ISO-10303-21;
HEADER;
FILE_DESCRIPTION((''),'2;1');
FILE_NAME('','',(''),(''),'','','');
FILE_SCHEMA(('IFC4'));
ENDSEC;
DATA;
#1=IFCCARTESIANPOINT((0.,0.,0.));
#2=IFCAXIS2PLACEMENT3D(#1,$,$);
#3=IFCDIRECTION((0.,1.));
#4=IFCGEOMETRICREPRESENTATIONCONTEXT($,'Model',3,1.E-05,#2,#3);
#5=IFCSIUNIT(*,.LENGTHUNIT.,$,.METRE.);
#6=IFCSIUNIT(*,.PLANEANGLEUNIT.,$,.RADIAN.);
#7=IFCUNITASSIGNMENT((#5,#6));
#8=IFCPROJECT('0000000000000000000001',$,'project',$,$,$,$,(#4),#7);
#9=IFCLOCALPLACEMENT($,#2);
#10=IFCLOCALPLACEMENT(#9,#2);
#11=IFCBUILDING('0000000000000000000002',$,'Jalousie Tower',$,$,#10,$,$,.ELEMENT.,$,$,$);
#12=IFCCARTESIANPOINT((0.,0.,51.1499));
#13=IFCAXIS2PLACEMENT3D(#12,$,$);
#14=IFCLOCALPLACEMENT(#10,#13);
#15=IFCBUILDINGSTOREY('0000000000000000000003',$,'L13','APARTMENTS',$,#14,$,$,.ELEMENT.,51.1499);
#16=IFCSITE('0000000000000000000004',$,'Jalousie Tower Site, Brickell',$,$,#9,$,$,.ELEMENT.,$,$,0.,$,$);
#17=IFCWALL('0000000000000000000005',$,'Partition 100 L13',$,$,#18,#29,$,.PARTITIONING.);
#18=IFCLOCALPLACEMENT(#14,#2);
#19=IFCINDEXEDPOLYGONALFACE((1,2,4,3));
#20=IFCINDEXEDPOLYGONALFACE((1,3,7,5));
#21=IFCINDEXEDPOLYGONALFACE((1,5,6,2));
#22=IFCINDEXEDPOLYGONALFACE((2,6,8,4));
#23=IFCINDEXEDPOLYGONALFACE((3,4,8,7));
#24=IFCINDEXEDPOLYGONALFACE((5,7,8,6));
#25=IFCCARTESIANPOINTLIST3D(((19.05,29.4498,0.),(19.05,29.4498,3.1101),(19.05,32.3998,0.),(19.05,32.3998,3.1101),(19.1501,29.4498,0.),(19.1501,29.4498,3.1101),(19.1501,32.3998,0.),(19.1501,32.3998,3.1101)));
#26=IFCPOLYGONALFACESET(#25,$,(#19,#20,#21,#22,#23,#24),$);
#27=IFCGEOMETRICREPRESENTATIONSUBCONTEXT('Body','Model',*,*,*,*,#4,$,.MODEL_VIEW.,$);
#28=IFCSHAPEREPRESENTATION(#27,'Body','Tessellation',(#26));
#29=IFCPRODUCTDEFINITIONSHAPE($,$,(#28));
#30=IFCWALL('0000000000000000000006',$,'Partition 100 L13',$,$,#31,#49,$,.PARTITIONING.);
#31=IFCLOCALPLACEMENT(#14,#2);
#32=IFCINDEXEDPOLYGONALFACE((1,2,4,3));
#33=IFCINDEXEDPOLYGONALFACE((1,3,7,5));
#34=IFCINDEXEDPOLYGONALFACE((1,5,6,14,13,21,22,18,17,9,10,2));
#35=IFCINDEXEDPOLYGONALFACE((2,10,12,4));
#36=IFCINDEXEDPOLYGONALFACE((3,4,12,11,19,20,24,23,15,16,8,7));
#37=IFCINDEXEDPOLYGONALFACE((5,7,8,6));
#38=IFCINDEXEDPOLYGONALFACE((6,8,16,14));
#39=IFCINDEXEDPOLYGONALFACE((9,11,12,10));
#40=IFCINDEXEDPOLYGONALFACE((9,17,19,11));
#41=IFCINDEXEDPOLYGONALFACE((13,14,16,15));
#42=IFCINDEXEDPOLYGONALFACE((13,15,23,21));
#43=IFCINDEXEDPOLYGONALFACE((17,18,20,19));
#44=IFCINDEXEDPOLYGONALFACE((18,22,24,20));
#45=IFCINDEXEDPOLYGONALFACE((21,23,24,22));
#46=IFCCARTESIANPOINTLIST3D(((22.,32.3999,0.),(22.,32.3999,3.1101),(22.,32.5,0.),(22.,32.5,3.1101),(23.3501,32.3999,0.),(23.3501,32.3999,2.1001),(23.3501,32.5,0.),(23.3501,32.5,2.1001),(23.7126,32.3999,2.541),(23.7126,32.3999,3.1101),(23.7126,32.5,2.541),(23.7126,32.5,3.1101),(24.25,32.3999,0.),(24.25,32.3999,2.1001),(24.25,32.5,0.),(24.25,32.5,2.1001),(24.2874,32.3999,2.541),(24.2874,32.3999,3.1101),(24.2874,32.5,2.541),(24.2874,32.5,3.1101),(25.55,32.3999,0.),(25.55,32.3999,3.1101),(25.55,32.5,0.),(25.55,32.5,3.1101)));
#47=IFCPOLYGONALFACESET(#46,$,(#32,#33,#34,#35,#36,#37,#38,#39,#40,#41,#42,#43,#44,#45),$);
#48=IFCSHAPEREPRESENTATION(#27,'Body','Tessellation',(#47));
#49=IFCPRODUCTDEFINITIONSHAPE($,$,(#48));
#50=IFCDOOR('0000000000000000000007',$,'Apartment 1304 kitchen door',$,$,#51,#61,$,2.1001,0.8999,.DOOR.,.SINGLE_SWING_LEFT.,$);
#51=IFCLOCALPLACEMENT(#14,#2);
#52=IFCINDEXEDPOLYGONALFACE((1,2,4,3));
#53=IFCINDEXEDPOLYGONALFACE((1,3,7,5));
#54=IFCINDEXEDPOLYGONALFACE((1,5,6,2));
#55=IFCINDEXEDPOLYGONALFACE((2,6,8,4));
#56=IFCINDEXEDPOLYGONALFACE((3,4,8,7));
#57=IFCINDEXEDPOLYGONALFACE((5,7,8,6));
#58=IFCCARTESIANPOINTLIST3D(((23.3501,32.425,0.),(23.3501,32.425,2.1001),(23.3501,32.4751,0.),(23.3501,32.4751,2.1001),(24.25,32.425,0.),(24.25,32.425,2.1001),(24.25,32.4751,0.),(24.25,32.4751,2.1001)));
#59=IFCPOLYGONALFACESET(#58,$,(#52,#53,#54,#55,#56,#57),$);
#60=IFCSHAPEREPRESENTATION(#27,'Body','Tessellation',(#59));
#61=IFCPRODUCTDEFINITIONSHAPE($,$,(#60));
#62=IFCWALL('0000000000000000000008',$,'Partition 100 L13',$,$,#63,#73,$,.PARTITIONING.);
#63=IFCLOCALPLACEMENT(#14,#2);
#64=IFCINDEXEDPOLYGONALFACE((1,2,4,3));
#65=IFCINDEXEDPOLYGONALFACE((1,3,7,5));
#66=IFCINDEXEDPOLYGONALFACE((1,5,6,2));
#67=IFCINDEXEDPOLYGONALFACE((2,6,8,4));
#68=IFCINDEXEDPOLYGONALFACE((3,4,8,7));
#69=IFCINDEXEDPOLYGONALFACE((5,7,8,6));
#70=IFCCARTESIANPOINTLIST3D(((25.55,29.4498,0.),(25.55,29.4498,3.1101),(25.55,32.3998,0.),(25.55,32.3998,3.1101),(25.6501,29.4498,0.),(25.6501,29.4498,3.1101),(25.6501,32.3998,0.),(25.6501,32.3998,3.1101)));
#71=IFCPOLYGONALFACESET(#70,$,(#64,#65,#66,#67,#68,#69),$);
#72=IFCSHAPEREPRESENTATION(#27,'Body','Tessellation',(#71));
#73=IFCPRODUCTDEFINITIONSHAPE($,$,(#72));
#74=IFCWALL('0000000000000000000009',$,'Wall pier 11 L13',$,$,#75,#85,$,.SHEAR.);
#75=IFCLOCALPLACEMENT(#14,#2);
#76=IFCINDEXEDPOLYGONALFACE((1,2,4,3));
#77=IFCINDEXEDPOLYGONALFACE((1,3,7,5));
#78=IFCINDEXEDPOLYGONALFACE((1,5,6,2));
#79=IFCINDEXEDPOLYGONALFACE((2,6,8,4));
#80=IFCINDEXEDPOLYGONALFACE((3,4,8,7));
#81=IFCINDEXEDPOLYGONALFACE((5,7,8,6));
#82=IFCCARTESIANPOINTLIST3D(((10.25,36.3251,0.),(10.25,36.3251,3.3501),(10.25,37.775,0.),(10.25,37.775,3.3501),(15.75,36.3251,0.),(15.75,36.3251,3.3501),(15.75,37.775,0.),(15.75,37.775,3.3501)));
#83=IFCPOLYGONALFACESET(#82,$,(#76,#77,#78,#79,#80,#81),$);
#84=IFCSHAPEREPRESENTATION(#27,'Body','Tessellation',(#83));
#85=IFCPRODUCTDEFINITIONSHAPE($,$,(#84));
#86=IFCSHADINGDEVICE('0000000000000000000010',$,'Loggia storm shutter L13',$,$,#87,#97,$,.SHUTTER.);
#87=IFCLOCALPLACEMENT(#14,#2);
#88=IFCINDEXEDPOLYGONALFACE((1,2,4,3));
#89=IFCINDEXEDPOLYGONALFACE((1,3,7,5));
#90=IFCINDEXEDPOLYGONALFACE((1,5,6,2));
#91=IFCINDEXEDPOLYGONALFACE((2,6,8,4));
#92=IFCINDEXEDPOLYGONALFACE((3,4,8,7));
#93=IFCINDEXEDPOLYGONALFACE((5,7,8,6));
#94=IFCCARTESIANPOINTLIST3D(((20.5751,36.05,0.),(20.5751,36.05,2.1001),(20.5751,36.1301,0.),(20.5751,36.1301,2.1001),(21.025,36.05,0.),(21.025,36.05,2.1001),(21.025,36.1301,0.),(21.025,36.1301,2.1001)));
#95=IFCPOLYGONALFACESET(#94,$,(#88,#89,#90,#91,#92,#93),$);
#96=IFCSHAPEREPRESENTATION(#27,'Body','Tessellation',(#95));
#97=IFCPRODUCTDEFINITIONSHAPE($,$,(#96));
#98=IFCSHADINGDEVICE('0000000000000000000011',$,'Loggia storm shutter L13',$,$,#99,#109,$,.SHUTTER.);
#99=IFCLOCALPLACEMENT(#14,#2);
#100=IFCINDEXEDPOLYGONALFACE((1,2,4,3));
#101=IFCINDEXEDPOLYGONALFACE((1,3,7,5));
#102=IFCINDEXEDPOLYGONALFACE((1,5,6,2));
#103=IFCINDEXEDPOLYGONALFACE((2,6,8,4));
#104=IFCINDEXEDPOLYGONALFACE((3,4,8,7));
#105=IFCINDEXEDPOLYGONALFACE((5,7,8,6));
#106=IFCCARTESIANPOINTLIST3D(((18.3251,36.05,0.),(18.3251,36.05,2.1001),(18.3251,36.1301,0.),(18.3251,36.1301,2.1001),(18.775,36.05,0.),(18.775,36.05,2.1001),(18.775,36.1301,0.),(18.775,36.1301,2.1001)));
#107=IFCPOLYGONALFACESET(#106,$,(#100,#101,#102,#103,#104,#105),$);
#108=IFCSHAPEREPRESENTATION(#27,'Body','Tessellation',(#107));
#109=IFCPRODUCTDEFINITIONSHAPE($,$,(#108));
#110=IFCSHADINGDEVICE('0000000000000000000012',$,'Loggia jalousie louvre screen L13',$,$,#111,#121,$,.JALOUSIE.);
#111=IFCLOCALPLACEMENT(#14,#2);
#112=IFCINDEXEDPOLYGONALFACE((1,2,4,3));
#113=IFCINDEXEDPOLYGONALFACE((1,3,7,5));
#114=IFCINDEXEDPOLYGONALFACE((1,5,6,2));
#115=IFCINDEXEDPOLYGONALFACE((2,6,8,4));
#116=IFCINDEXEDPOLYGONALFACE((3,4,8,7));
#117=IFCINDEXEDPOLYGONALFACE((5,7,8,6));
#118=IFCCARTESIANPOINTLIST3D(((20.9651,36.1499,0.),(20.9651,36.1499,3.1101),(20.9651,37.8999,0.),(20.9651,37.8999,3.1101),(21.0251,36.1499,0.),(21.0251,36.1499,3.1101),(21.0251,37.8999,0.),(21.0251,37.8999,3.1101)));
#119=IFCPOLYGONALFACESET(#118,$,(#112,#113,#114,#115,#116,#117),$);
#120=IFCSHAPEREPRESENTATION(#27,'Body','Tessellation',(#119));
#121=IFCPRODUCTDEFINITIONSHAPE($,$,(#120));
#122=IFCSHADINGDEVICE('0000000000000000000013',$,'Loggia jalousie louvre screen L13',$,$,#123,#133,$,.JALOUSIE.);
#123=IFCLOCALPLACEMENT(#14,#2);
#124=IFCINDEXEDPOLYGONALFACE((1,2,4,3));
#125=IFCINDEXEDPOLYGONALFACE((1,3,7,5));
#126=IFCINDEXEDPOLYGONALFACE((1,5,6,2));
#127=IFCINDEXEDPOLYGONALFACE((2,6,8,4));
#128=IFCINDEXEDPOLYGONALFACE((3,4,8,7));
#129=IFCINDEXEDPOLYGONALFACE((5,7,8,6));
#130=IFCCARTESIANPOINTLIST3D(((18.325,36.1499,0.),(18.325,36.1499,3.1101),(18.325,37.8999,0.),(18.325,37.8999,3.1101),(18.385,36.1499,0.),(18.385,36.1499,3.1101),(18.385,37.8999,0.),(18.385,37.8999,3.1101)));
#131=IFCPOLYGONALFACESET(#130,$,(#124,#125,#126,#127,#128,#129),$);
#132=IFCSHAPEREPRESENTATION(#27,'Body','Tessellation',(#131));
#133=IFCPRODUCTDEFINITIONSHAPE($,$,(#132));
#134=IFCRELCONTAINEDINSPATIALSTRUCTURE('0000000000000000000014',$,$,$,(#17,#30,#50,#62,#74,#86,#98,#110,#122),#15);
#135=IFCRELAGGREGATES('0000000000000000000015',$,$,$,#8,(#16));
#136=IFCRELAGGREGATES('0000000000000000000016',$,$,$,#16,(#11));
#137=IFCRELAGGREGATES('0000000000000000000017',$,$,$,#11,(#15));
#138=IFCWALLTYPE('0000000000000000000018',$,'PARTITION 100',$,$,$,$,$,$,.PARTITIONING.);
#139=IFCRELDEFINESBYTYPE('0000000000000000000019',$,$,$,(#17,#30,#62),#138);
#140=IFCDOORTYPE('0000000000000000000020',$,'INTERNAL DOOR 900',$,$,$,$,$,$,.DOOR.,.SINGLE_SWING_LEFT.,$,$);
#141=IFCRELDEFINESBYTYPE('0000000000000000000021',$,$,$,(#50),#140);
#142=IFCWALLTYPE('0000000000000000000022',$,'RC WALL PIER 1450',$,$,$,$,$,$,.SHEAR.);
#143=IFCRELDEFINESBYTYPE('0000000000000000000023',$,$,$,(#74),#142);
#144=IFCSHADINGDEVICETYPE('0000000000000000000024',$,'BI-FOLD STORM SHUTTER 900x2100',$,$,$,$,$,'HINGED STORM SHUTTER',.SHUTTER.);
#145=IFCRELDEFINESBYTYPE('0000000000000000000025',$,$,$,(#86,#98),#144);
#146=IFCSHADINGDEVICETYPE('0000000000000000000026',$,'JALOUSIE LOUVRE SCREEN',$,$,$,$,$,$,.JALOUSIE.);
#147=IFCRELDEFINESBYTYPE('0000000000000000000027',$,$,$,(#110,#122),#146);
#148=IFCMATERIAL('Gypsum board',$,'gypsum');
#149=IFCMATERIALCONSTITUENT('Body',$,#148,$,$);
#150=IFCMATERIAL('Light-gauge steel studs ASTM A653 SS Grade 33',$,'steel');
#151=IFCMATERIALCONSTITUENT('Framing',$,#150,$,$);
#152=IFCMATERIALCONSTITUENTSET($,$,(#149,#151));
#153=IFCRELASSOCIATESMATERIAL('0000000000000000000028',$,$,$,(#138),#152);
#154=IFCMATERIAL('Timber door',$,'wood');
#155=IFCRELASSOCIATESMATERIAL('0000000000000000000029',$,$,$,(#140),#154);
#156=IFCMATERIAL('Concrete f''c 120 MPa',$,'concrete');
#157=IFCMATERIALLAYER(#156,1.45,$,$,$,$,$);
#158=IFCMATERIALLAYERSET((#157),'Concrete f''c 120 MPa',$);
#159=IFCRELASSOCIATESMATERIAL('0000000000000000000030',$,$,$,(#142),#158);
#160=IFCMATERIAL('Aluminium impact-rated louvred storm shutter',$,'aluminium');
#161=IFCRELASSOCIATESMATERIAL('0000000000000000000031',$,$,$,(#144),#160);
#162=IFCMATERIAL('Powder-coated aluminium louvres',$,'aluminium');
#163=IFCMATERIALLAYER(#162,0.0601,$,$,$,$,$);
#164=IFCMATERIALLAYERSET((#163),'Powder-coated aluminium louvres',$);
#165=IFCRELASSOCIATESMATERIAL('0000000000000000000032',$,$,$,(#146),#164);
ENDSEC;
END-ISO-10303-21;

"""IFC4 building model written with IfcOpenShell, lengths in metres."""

from ifc_helpers import new_model, si_unit, direction, frame, frame_2d, origin, origin_2d, place, context, subcontext, project, spatial, polyline, rectangle, outline, extrude, material, layer, layer_set, constituent, constituent_set, type_object, element, fill, save


model = new_model("IFC4")

# Units and contexts
model_context = context("Model", 3, precision=1e-05, world=origin(), true_north=direction((0.0, 1.0)))
body_context = subcontext(model_context, "Body", "Model", "MODEL_VIEW")
ifc_project = project(units=[si_unit("LENGTHUNIT", "METRE"), si_unit("PLANEANGLEUNIT", "RADIAN")], contexts=[model_context])

# Site, building, storey
site_placement = place(None, origin())
site = spatial("IfcSite", under=ifc_project, at=site_placement, Name="Jalousie Tower Site, Brickell", CompositionType="ELEMENT", RefElevation=0.0)
building_placement = place(site_placement, origin())
building = spatial("IfcBuilding", under=site, at=building_placement, Name="Jalousie Tower", CompositionType="ELEMENT")
storey_placement = place(building_placement, frame((0.0, 0.0, 51.1499)))
storey = spatial("IfcBuildingStorey", under=building, at=storey_placement, Name="L13", Description="APARTMENTS", CompositionType="ELEMENT", Elevation=51.1499)

# Shared definitions
ifc_material_1 = material(Name="Gypsum board", Category="gypsum")
ifc_constituent_1 = constituent(ifc_material_1, Name="Body")
ifc_material_2 = material(Name="Light-gauge steel studs ASTM A653 SS Grade 33", Category="steel")
ifc_constituent_2 = constituent(ifc_material_2, Name="Framing")
ifc_constituent_set_1 = constituent_set(constituents=[ifc_constituent_1, ifc_constituent_2])
wall_type_1 = type_object("IfcWallType", Name="PARTITION 100", PredefinedType="PARTITIONING", material=ifc_constituent_set_1)
ifc_material_3 = material(Name="Timber door", Category="wood")
door_type_1 = type_object("IfcDoorType", Name="INTERNAL DOOR 900", OperationType="SINGLE_SWING_LEFT", PredefinedType="DOOR", material=ifc_material_3)

# Wall
wall_1_placement = place(storey_placement, frame((19.1001, 32.3999, 0.0), z_axis=(0.0, 0.0, 1.0), x_axis=(0.0, -1.0, 0.0)))
element("IfcWall", 1, at=wall_1_placement, inside=storey, type_object=wall_type_1, Name="Partition 100 L13", PredefinedType="PARTITIONING", context=body_context, shape_type="SweptSolid", body=[
    extrude(rectangle(XDim=2.95, YDim=0.1001, at=frame_2d((1.4751, 0.0))), origin(), (0.0, 0.0, 1.0), 3.1101),
])

# Wall, opening, door
wall_2_placement = place(storey_placement, frame((22.0, 32.45, 0.0), z_axis=(0.0, 0.0, 1.0), x_axis=(1.0, 0.0, 0.0)))
wall_2 = element("IfcWall", 2, at=wall_2_placement, inside=storey, type_object=wall_type_1, Name="Partition 100 L13", PredefinedType="PARTITIONING", context=body_context, shape_type="SweptSolid", body=[
    extrude(outline(polyline([(0.0, 0.0), (3.55, 0.0), (3.55, 3.1101), (2.2874, 3.1101), (2.2874, 2.541), (1.7126, 2.541), (1.7126, 3.1101), (0.0, 3.1101), (0.0, 0.0)])), frame((0.0, 0.05, 0.0), z_axis=(0.0, -1.0, 0.0), x_axis=(1.0, 0.0, 0.0)), (0.0, 0.0, 1.0), 0.1001),
])
opening_1_placement = place(wall_2_placement, frame((1.3501, 0.0, 0.0)))
opening_1 = element("IfcOpeningElement", 3, at=opening_1_placement, cuts=wall_2, PredefinedType="OPENING", context=body_context, shape_type="SweptSolid", body=[
    extrude(rectangle(XDim=0.8999, YDim=2.1001, at=frame_2d((0.45, 1.05))), frame((0.0, 0.0601, 0.0), z_axis=(0.0, -1.0, 0.0), x_axis=(1.0, 0.0, 0.0)), (0.0, 0.0, 1.0), 0.1201),
])
door_1_placement = place(opening_1_placement, frame((0.8999, 0.0, 0.0), z_axis=(0.0, 0.0, 1.0), x_axis=(-1.0, 0.0, 0.0)))
door_1 = element("IfcDoor", 4, at=door_1_placement, inside=storey, type_object=door_type_1, Name="Apartment 1304 kitchen door", OperationType="SINGLE_SWING_LEFT", OverallHeight=2.1001, OverallWidth=0.8999, PredefinedType="DOOR", context=body_context, shape_type="SweptSolid", body=[
    extrude(rectangle(XDim=0.8999, YDim=2.1001, at=frame_2d((0.45, 1.05))), frame((0.0, 0.0249, 0.0), z_axis=(0.0, -1.0, 0.0), x_axis=(1.0, 0.0, 0.0)), (0.0, 0.0, 1.0), 0.05),
])
fill(opening_1, door_1)

# Walls
wall_3_placement = place(storey_placement, frame((25.6001, 32.3999, 0.0), z_axis=(0.0, 0.0, 1.0), x_axis=(0.0, -1.0, 0.0)))
element("IfcWall", 5, at=wall_3_placement, inside=storey, type_object=wall_type_1, Name="Partition 100 L13", PredefinedType="PARTITIONING", context=body_context, shape_type="SweptSolid", body=[
    extrude(rectangle(XDim=2.95, YDim=0.1001, at=frame_2d((1.4751, 0.0))), origin(), (0.0, 0.0, 1.0), 3.1101),
])
ifc_material_4 = material(Name="Concrete f'c 120 MPa", Category="concrete")
ifc_layer_1 = layer(ifc_material_4, 1.45)
ifc_layer_set_1 = layer_set([ifc_layer_1], Name="Concrete f'c 120 MPa")
wall_type_2 = type_object("IfcWallType", Name="RC WALL PIER 1450", PredefinedType="SHEAR", material=ifc_layer_set_1)
wall_4_placement = place(storey_placement, frame((10.25, 37.05, 0.0), z_axis=(0.0, 0.0, 1.0), x_axis=(1.0, 0.0, 0.0)))
element("IfcWall", 6, at=wall_4_placement, inside=storey, type_object=wall_type_2, Name="Wall pier 11 L13", PredefinedType="SHEAR", context=body_context, shape_type="SweptSolid", body=[
    extrude(rectangle(XDim=5.5, YDim=1.45, at=frame_2d((2.75, 0.0))), origin(), (0.0, 0.0, 1.0), 3.3501),
])

# Shading devices
ifc_material_5 = material(Name="Aluminium impact-rated louvred storm shutter", Category="aluminium")
shading_device_type_1 = type_object("IfcShadingDeviceType", Name="BI-FOLD STORM SHUTTER 900x2100", ElementType="HINGED STORM SHUTTER", PredefinedType="SHUTTER", material=ifc_material_5)
for number, where, z_axis, x_axis, name in (
    (7, (20.8, 36.0901, 0.0), (0.0, 0.0, 1.0), (-1.0, 0.0, 0.0), "Loggia storm shutter L13"),
    (8, (18.55, 36.0901, 0.0), (0.0, 0.0, 1.0), (-1.0, 0.0, 0.0), "Loggia storm shutter L13"),
):
    element("IfcShadingDevice", number, at=place(storey_placement, frame(where, z_axis=z_axis, x_axis=x_axis)), inside=storey, type_object=shading_device_type_1, Name=name, PredefinedType="SHUTTER", context=body_context, shape_type="SweptSolid", body=[
        extrude(rectangle(XDim=0.45, YDim=0.0801, at=origin_2d()), origin(), (0.0, 0.0, 1.0), 2.1001),
    ])
ifc_material_6 = material(Name="Powder-coated aluminium louvres", Category="aluminium")
ifc_layer_2 = layer(ifc_material_6, 0.0601)
ifc_layer_set_2 = layer_set([ifc_layer_2], Name="Powder-coated aluminium louvres")
shading_device_type_2 = type_object("IfcShadingDeviceType", Name="JALOUSIE LOUVRE SCREEN", PredefinedType="JALOUSIE", material=ifc_layer_set_2)
for number, where, z_axis, x_axis, name in (
    (9, (20.9951, 37.0249, 0.0), (0.0, 0.0, 1.0), (-1.0, 0.0, 0.0), "Loggia jalousie louvre screen L13"),
    (10, (18.355, 37.0249, 0.0), (0.0, 0.0, 1.0), (-1.0, 0.0, 0.0), "Loggia jalousie louvre screen L13"),
):
    element("IfcShadingDevice", number, at=place(storey_placement, frame(where, z_axis=z_axis, x_axis=x_axis)), inside=storey, type_object=shading_device_type_2, Name=name, PredefinedType="JALOUSIE", context=body_context, shape_type="SweptSolid", body=[
        extrude(rectangle(XDim=0.0601, YDim=1.75, at=origin_2d()), origin(), (0.0, 0.0, 1.0), 3.1101),
    ])

save(model, "model.ifc")
